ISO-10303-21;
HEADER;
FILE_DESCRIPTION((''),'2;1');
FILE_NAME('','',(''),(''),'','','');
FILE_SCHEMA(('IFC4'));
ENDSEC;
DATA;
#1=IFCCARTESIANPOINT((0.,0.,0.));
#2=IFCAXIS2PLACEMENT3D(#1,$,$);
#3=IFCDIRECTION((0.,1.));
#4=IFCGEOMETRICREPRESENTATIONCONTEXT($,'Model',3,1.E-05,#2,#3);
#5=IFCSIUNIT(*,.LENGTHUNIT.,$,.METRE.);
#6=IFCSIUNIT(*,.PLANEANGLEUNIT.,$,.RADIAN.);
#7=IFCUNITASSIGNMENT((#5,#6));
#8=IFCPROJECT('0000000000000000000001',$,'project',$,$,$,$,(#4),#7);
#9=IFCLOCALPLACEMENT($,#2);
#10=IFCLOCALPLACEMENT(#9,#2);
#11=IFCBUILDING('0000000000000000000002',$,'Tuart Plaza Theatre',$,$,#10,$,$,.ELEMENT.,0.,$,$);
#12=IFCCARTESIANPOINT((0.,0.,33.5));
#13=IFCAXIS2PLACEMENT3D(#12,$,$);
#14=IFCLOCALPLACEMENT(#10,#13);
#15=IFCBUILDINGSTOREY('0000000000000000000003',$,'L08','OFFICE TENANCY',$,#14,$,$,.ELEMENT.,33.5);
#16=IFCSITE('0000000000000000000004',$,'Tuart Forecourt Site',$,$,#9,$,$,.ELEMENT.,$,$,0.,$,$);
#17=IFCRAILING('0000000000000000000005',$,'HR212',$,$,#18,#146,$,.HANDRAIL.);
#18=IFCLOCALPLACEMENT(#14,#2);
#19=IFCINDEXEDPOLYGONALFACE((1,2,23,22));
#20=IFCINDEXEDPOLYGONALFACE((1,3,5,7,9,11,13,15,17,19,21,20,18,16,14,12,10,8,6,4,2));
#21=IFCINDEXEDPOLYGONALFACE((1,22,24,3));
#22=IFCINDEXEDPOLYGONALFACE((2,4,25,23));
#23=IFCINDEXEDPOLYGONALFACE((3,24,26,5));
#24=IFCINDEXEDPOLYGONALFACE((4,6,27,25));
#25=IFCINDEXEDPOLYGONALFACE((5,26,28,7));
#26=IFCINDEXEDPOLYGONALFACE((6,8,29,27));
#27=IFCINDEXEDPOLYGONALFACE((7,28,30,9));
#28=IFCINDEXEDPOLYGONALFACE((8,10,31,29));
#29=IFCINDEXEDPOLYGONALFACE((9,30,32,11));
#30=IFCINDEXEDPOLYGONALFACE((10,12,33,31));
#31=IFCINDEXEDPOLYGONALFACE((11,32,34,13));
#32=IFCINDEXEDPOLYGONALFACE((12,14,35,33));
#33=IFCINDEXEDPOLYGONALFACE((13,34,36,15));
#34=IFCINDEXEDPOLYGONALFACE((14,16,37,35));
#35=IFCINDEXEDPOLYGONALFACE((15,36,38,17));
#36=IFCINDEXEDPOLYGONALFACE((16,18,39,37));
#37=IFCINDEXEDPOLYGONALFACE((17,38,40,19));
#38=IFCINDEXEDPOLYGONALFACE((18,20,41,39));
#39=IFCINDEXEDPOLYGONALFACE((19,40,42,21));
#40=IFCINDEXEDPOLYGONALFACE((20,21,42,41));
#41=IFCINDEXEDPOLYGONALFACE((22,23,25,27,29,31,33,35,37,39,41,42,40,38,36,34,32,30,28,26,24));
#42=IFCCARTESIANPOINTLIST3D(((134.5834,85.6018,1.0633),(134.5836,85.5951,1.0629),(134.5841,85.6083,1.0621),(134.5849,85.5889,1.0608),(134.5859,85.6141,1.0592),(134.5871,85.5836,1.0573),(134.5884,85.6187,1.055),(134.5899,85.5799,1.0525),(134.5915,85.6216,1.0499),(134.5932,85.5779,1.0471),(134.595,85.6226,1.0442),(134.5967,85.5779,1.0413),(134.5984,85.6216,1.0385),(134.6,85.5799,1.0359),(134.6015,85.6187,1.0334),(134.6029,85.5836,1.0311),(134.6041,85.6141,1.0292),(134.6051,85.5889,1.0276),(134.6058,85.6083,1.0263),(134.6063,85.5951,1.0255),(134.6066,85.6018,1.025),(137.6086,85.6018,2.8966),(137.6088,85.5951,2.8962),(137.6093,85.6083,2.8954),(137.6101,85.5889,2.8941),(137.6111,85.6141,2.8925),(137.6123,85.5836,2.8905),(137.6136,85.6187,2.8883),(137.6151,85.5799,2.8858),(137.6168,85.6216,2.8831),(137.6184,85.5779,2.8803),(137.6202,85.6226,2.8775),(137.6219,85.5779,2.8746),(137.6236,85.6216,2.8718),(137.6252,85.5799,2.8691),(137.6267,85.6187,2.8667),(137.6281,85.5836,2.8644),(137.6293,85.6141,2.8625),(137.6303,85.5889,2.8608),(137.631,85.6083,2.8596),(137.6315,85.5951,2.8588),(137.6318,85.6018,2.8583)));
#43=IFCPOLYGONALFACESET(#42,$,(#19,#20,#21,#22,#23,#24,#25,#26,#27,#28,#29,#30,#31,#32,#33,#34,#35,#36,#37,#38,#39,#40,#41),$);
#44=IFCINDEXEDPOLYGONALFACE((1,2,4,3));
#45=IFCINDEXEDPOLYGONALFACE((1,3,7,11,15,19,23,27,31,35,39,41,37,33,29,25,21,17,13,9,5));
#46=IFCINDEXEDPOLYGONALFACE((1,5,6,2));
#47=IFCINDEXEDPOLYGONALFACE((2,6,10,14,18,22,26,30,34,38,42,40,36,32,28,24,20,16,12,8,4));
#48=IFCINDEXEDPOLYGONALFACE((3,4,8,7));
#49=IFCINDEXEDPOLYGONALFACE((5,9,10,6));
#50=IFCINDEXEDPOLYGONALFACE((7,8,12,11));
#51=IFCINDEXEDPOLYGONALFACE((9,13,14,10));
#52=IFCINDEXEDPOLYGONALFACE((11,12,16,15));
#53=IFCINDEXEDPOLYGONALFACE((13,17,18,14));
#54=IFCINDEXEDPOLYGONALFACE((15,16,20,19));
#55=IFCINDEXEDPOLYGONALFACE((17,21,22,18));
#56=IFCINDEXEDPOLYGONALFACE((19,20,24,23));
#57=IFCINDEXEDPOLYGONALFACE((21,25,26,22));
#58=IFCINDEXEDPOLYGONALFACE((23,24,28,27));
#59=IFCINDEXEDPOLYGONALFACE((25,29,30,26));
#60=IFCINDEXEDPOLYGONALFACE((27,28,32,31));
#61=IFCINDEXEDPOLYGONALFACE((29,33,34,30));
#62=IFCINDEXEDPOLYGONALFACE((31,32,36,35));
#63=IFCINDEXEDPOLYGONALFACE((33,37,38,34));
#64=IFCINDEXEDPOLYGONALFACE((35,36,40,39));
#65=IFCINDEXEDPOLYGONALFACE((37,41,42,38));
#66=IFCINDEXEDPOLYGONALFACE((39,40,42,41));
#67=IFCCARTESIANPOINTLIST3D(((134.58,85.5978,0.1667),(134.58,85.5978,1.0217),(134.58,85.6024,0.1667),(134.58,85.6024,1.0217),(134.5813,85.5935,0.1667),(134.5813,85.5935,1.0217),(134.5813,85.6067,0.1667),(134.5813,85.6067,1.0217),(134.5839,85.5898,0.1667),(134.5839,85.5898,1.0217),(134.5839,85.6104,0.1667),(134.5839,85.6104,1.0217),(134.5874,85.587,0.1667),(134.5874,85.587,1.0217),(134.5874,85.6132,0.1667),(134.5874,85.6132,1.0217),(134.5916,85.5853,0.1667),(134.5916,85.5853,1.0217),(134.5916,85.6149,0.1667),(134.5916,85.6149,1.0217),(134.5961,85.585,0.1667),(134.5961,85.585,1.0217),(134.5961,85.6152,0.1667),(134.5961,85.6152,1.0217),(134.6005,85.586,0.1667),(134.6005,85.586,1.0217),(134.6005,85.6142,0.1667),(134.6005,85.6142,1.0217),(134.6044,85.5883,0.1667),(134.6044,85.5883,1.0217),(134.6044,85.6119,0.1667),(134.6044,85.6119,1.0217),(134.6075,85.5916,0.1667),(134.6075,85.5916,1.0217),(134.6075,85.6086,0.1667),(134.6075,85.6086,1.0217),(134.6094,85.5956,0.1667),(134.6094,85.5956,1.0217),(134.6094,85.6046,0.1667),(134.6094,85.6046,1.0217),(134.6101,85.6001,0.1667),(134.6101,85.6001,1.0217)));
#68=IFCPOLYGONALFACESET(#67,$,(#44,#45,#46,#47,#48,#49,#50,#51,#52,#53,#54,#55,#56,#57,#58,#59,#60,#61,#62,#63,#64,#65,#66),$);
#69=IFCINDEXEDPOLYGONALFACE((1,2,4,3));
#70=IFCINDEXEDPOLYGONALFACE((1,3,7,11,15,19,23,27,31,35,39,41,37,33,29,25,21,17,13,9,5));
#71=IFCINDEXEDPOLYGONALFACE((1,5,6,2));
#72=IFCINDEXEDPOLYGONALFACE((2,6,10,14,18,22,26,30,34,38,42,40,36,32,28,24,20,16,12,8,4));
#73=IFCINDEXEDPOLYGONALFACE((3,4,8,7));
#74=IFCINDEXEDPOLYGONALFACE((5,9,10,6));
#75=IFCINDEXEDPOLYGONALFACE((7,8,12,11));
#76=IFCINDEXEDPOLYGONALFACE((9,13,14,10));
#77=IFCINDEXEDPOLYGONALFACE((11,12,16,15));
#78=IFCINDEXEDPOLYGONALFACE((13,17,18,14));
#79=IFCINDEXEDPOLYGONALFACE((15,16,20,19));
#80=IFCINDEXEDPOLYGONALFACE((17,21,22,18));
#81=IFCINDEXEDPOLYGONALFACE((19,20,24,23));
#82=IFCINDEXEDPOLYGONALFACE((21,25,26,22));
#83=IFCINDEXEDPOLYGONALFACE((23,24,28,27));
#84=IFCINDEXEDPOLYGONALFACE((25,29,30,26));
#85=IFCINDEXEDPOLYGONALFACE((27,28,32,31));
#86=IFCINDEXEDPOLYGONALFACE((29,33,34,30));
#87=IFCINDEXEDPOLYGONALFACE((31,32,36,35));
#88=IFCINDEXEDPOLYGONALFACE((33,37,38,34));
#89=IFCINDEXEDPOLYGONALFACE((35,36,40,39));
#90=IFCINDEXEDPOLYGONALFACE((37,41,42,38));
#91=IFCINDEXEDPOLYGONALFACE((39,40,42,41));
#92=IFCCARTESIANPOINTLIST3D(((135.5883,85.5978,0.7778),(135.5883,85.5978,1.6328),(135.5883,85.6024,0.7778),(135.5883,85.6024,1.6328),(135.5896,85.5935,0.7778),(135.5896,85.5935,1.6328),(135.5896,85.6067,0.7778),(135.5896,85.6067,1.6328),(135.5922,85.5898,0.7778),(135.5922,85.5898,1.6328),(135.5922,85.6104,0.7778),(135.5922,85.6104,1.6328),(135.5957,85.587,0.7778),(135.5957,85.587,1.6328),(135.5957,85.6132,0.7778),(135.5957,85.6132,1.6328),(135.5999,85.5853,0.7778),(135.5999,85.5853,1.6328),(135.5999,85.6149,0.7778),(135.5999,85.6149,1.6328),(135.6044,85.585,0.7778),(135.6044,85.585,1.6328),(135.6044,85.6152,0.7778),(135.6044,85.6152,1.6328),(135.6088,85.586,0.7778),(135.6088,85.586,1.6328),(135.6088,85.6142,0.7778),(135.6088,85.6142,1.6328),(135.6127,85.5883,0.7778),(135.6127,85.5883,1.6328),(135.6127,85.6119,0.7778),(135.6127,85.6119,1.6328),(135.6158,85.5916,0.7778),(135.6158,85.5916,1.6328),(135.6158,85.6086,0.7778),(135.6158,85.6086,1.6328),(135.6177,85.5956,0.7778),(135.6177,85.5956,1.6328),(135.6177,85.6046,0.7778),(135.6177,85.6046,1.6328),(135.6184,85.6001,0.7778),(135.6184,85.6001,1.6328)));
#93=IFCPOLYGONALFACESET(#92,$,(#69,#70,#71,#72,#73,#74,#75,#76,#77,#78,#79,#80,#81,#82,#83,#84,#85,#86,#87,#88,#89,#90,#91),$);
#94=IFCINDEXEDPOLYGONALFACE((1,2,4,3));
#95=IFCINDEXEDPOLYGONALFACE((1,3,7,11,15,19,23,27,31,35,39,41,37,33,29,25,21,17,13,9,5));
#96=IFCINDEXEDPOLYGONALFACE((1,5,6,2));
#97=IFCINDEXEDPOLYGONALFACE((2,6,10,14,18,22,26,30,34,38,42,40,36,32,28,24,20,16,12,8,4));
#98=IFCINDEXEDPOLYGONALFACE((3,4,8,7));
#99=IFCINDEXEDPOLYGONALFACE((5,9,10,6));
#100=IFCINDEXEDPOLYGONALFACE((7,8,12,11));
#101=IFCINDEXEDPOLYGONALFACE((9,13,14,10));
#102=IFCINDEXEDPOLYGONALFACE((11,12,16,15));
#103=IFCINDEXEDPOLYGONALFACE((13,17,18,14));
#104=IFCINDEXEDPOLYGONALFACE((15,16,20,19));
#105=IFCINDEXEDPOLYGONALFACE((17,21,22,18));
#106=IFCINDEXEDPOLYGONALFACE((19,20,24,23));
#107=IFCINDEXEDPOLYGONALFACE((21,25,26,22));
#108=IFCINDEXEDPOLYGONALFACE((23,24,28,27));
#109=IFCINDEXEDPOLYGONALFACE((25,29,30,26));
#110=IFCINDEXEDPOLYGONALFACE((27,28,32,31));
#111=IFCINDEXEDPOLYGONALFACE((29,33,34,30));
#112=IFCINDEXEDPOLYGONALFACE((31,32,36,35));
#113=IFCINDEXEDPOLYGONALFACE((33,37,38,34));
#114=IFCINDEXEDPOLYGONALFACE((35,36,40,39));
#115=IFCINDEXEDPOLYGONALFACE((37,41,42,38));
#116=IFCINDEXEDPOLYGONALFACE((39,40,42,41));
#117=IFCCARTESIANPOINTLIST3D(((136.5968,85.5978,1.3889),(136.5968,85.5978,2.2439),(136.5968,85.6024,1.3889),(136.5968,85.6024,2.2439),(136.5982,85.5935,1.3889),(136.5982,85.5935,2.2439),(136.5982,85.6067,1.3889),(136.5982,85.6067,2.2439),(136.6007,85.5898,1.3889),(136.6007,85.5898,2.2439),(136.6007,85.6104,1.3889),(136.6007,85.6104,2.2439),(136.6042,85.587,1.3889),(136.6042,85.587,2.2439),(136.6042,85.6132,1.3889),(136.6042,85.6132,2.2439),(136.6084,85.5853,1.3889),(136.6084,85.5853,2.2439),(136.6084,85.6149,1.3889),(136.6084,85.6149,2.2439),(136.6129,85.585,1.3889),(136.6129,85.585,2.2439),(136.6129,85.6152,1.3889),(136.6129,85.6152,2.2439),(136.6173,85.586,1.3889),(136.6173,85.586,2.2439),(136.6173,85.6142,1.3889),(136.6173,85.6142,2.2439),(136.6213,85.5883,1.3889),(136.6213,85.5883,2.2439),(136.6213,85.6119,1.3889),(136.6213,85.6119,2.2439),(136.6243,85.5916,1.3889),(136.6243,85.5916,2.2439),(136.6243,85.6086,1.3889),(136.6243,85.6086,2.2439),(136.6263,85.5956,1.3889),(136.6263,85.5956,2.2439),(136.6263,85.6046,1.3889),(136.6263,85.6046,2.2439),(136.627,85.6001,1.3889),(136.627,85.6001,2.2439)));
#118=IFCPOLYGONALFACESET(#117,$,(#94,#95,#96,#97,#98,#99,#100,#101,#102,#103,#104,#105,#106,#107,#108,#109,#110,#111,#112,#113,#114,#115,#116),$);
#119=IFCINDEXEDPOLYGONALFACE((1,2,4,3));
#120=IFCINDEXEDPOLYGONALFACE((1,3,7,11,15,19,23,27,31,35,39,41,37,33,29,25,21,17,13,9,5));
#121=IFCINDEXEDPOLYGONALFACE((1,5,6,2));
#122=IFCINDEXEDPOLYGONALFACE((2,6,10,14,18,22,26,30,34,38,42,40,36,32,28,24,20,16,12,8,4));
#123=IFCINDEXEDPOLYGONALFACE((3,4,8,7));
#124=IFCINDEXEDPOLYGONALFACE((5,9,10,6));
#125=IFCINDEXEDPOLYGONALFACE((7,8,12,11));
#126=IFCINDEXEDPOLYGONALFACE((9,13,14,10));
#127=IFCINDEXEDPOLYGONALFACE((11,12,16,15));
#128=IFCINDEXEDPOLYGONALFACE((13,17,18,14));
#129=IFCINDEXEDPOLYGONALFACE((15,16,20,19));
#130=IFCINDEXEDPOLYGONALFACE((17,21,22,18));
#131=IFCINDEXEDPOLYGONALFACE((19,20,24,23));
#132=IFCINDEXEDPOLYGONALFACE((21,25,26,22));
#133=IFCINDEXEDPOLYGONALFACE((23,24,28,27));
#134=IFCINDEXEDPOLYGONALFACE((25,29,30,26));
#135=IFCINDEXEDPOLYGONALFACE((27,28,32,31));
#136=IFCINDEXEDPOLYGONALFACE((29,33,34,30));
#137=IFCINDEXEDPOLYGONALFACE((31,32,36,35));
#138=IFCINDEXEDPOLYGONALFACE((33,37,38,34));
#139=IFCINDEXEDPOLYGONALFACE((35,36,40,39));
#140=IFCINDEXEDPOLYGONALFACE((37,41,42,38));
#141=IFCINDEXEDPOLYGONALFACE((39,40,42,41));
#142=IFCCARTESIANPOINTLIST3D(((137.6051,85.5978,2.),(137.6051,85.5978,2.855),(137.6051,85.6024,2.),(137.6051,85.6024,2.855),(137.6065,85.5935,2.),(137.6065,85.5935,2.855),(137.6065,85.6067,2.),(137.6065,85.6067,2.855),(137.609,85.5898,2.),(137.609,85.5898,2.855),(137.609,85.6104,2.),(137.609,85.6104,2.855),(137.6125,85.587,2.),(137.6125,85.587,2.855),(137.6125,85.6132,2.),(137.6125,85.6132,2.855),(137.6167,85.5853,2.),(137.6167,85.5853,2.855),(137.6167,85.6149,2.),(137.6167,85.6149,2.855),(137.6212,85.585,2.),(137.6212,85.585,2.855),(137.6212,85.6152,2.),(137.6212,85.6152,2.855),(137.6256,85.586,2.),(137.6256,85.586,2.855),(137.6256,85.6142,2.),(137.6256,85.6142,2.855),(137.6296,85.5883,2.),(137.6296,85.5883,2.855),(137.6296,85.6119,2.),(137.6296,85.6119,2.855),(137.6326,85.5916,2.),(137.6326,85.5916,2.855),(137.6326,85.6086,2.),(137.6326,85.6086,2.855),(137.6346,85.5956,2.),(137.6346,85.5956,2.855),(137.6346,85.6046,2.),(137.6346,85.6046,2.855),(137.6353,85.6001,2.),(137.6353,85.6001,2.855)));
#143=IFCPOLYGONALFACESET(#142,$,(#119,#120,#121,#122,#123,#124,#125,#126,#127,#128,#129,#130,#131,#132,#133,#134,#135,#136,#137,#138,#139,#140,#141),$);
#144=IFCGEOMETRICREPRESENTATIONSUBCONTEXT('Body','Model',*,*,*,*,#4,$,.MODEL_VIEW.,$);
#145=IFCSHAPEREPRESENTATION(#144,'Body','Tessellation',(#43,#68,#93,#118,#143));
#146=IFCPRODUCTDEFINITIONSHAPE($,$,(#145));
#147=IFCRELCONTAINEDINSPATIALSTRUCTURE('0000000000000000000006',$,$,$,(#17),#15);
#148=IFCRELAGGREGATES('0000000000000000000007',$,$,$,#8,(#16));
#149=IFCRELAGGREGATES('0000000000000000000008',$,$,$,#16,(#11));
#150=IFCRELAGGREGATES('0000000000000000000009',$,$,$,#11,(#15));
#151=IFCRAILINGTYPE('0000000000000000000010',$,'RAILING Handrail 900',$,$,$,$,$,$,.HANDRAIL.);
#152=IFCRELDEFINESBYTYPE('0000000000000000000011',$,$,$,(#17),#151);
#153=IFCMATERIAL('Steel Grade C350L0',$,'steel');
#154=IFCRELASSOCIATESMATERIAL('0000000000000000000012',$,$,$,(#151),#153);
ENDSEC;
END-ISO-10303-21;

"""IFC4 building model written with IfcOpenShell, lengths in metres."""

from ifc_helpers import new_model, si_unit, direction, frame, origin, origin_2d, place, context, subcontext, project, spatial, circle, extrude, material, type_object, element, save


model = new_model("IFC4")

# Units and contexts
model_context = context("Model", 3, precision=1e-05, world=origin(), true_north=direction((0.0, 1.0)))
body_context = subcontext(model_context, "Body", "Model", "MODEL_VIEW")
ifc_project = project(units=[si_unit("LENGTHUNIT", "METRE"), si_unit("PLANEANGLEUNIT", "RADIAN")], contexts=[model_context])

# Site, building, storey
site_placement = place(None, origin())
site = spatial("IfcSite", under=ifc_project, at=site_placement, Name="Tuart Forecourt Site", CompositionType="ELEMENT", RefElevation=0.0)
building_placement = place(site_placement, origin())
building = spatial("IfcBuilding", under=site, at=building_placement, Name="Tuart Plaza Theatre", CompositionType="ELEMENT", ElevationOfRefHeight=0.0)
storey_placement = place(building_placement, frame((0.0, 0.0, 33.5)))
storey = spatial("IfcBuildingStorey", under=building, at=storey_placement, Name="L08", Description="OFFICE TENANCY", CompositionType="ELEMENT", Elevation=33.5)

# Railing
ifc_material_1 = material(Name="Steel Grade C350L0", Category="steel")
railing_type_1 = type_object("IfcRailingType", Name="RAILING Handrail 900", PredefinedType="HANDRAIL", material=ifc_material_1)
for number, where, name in (
    (1, (134.595, 85.6001, 0.1667), "HR212"),
):
    element("IfcRailing", number, at=place(storey_placement, frame(where)), inside=storey, type_object=railing_type_1, Name=name, PredefinedType="HANDRAIL", context=body_context, shape_type="SweptSolid", body=[
        extrude(circle(Radius=0.0225, at=origin_2d()), frame((0.0, 0.0, 0.8774), z_axis=(0.855219, 0.0, 0.518267), x_axis=(0.0, 1.0, 0.0)), (0.0, 0.0, 1.0), 3.5374),
        extrude(circle(Radius=0.0151, at=origin_2d()), origin(), (0.0, 0.0, 1.0), 0.855),
        extrude(circle(Radius=0.0151, at=origin_2d()), frame((1.0083, 0.0, 0.6111)), (0.0, 0.0, 1.0), 0.855),
        extrude(circle(Radius=0.0151, at=origin_2d()), frame((2.0168, 0.0, 1.2222)), (0.0, 0.0, 1.0), 0.855),
        extrude(circle(Radius=0.0151, at=origin_2d()), frame((3.0251, 0.0, 1.8333)), (0.0, 0.0, 1.0), 0.855),
    ])

save(model, "model.ifc")
